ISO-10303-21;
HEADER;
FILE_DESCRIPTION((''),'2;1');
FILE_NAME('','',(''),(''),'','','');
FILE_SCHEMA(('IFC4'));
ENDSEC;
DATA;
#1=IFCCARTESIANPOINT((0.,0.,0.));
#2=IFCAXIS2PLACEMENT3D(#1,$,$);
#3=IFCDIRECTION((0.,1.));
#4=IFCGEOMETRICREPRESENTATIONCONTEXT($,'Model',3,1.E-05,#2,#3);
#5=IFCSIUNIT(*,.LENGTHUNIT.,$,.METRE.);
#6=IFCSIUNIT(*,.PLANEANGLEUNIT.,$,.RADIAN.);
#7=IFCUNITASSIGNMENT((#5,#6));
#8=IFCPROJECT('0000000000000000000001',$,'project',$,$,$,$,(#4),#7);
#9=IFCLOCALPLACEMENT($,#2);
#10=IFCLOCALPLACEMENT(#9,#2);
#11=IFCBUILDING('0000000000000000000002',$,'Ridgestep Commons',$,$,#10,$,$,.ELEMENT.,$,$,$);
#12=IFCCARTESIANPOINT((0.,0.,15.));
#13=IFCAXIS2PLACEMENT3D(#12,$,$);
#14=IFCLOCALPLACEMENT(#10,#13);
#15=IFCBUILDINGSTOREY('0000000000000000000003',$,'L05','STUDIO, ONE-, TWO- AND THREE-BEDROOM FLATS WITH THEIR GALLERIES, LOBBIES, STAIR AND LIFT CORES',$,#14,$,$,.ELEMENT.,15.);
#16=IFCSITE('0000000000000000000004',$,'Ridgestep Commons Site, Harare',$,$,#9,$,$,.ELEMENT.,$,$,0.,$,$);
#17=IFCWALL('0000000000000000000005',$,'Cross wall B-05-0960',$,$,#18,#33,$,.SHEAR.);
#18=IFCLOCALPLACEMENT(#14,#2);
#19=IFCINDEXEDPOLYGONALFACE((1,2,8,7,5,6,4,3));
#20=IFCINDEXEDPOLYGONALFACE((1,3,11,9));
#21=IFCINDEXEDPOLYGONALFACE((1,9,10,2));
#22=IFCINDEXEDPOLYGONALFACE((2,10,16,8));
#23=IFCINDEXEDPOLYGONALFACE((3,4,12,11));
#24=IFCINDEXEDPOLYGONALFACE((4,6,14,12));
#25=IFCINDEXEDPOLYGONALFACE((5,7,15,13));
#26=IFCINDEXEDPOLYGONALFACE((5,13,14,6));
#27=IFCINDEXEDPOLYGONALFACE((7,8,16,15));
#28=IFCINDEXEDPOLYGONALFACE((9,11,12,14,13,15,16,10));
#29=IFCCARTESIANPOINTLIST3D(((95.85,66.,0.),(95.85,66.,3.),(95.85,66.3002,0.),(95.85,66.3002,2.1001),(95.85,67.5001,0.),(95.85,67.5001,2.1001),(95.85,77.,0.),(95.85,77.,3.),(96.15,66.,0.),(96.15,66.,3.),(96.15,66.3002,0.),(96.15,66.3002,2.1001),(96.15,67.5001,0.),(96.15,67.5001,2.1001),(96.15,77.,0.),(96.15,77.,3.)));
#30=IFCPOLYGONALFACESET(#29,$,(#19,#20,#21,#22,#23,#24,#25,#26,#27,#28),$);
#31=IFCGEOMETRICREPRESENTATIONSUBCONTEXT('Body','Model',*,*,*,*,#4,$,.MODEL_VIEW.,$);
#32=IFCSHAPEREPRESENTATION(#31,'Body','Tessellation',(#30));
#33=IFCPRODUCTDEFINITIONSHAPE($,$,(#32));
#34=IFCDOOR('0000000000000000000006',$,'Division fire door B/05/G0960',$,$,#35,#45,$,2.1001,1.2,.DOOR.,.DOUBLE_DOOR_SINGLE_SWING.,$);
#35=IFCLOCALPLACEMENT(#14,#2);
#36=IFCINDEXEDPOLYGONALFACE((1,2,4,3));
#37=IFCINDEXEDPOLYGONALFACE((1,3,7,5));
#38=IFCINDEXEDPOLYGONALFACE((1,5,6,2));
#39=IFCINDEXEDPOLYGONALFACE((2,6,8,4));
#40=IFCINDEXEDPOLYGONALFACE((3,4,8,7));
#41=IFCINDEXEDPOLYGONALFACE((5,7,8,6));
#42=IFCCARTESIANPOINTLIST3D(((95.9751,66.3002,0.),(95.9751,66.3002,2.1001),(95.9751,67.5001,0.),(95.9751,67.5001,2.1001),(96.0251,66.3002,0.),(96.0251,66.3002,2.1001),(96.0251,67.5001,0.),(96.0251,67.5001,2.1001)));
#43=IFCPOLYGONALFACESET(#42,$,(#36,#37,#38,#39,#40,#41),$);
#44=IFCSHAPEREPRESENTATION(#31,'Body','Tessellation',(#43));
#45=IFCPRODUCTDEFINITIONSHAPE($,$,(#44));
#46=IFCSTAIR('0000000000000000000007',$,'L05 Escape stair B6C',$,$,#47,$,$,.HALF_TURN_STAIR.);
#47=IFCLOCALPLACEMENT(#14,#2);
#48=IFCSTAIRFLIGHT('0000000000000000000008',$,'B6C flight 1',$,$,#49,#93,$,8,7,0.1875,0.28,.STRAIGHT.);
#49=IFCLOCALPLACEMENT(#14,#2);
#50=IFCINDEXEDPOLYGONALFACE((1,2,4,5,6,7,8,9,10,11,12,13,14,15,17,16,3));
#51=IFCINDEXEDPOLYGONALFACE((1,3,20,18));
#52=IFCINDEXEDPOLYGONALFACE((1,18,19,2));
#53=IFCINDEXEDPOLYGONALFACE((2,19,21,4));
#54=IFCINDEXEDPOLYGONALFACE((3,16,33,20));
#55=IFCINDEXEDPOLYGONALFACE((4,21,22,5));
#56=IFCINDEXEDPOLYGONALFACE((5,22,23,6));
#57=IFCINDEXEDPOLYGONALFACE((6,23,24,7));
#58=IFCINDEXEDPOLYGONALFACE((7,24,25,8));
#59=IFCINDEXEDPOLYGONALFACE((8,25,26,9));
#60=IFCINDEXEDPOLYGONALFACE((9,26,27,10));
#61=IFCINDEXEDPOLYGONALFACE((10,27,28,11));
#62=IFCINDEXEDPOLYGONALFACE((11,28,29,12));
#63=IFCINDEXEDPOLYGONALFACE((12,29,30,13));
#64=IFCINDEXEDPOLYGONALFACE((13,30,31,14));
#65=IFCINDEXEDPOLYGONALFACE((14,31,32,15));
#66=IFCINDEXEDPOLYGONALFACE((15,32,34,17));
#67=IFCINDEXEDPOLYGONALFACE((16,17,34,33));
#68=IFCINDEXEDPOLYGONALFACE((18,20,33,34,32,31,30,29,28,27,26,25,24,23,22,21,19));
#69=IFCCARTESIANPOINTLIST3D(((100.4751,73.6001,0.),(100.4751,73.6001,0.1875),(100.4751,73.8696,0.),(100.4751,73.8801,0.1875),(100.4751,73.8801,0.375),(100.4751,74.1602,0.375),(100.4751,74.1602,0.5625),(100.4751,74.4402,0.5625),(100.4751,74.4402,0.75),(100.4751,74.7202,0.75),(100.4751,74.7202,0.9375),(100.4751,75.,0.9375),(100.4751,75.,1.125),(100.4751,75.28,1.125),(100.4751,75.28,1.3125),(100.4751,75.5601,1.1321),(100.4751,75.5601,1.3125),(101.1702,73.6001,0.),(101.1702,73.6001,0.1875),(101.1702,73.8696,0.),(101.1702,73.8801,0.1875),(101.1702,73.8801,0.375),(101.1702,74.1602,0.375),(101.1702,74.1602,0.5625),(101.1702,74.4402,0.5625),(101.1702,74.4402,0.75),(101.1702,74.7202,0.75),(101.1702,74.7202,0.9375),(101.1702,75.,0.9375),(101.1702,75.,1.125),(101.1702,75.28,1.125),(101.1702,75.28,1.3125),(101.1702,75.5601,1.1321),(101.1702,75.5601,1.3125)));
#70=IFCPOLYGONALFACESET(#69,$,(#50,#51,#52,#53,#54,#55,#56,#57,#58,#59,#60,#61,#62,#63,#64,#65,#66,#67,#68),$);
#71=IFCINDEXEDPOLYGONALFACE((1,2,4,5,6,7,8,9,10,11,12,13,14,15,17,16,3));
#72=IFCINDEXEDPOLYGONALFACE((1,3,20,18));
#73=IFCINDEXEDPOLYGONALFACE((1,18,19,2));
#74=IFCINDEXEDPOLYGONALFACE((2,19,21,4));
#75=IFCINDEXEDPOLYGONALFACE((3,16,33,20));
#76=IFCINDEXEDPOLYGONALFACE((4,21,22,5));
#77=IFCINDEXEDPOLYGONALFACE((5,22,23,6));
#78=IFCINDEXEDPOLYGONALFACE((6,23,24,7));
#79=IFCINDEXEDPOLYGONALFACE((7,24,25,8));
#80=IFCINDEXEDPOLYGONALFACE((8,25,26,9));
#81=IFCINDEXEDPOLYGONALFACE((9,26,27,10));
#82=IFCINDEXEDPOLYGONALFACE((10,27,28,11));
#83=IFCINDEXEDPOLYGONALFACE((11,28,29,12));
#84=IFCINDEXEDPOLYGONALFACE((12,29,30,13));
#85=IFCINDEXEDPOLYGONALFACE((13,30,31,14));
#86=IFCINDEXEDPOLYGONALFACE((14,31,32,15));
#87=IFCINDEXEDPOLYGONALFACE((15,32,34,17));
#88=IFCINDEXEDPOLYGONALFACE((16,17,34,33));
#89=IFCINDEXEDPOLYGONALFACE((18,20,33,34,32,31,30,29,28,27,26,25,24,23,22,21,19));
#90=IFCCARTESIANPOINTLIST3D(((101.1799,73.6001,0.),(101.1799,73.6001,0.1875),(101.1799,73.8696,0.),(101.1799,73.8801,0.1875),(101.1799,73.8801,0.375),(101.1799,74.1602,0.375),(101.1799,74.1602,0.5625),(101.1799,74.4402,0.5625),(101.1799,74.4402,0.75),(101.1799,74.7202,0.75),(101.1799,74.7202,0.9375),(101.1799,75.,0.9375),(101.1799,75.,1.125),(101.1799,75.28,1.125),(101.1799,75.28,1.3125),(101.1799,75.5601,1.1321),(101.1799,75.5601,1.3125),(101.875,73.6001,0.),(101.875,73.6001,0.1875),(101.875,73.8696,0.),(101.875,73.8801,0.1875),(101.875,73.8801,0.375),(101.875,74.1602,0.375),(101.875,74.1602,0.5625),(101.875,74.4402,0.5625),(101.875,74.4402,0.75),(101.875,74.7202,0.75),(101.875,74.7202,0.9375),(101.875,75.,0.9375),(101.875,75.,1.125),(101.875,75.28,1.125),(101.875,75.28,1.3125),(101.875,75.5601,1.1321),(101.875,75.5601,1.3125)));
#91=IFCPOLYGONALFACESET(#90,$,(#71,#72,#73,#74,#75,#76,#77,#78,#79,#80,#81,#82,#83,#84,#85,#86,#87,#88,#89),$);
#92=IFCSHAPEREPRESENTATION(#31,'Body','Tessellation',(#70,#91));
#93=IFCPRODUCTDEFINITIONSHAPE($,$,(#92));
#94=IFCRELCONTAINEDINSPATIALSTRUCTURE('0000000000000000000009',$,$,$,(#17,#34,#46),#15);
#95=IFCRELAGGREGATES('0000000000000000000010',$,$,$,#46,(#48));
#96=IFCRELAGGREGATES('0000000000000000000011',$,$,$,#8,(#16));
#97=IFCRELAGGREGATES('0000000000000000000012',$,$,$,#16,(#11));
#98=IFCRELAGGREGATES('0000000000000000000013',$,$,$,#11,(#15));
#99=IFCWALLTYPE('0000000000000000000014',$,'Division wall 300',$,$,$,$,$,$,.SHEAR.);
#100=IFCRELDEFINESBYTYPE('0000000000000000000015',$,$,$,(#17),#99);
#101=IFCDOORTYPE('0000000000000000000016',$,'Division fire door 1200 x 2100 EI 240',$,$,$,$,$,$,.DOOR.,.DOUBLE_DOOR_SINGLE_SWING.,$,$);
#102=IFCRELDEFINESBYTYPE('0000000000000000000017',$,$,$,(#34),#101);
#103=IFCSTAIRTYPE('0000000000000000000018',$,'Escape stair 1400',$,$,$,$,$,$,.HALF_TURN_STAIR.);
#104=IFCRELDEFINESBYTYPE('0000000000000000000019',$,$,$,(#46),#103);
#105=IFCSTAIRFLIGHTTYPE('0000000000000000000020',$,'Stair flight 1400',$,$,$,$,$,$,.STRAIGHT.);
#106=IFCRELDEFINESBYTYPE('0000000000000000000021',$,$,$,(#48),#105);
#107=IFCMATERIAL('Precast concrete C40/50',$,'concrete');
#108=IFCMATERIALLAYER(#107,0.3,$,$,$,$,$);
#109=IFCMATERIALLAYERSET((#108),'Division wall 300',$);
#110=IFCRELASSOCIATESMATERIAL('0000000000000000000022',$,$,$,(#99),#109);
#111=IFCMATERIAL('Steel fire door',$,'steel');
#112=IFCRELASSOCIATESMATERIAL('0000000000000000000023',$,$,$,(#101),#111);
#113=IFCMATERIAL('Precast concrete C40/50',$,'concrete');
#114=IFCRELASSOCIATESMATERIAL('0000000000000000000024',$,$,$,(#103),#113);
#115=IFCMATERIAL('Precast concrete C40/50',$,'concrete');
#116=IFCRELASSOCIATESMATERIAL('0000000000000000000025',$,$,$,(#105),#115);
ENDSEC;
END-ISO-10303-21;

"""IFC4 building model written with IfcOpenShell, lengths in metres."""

from ifc_helpers import new_model, si_unit, direction, frame, frame_2d, origin, place, context, subcontext, project, spatial, polyline, rectangle, outline, extrude, material, layer, layer_set, type_object, element, fill, aggregate, save


model = new_model("IFC4")

# Units and contexts
model_context = context("Model", 3, precision=1e-05, world=origin(), true_north=direction((0.0, 1.0)))
body_context = subcontext(model_context, "Body", "Model", "MODEL_VIEW")
ifc_project = project(units=[si_unit("LENGTHUNIT", "METRE"), si_unit("PLANEANGLEUNIT", "RADIAN")], contexts=[model_context])

# Site, building, storey
site_placement = place(None, origin())
site = spatial("IfcSite", under=ifc_project, at=site_placement, Name="Ridgestep Commons Site, Harare", CompositionType="ELEMENT", RefElevation=0.0)
building_placement = place(site_placement, origin())
building = spatial("IfcBuilding", under=site, at=building_placement, Name="Ridgestep Commons", CompositionType="ELEMENT")
storey_placement = place(building_placement, frame((0.0, 0.0, 15.0)))
storey = spatial("IfcBuildingStorey", under=building, at=storey_placement, Name="L05", Description="STUDIO, ONE-, TWO- AND THREE-BEDROOM FLATS WITH THEIR GALLERIES, LOBBIES, STAIR AND LIFT CORES", CompositionType="ELEMENT", Elevation=15.0)

# Wall, opening, door
ifc_material_1 = material(Name="Precast concrete C40/50", Category="concrete")
ifc_layer_1 = layer(ifc_material_1, 0.3)
ifc_layer_set_1 = layer_set([ifc_layer_1], Name="Division wall 300")
wall_type_1 = type_object("IfcWallType", Name="Division wall 300", PredefinedType="SHEAR", material=ifc_layer_set_1)
wall_1_placement = place(storey_placement, frame((96.0, 66.0, 0.0), z_axis=(0.0, 0.0, 1.0), x_axis=(0.0, 1.0, 0.0)))
wall_1 = element("IfcWall", 1, at=wall_1_placement, inside=storey, type_object=wall_type_1, Name="Cross wall B-05-0960", PredefinedType="SHEAR", context=body_context, shape_type="SweptSolid", body=[
    extrude(rectangle(XDim=11.0, YDim=0.3, at=frame_2d((5.5, 0.0))), origin(), (0.0, 0.0, 1.0), 3.0),
])
opening_1_placement = place(wall_1_placement, frame((0.3, 0.0, 0.0)))
opening_1 = element("IfcOpeningElement", 2, at=opening_1_placement, cuts=wall_1, PredefinedType="OPENING", context=body_context, shape_type="SweptSolid", body=[
    extrude(rectangle(XDim=1.2, YDim=2.1001, at=frame_2d((0.6001, 1.05))), frame((0.0, 0.1599, 0.0), z_axis=(0.0, -1.0, 0.0), x_axis=(1.0, 0.0, 0.0)), (0.0, 0.0, 1.0), 0.3201),
])
ifc_material_2 = material(Name="Steel fire door", Category="steel")
door_type_1 = type_object("IfcDoorType", Name="Division fire door 1200 x 2100 EI 240", OperationType="DOUBLE_DOOR_SINGLE_SWING", PredefinedType="DOOR", material=ifc_material_2)
door_1_placement = place(opening_1_placement, origin())
door_1 = element("IfcDoor", 3, at=door_1_placement, inside=storey, type_object=door_type_1, Name="Division fire door B/05/G0960", OperationType="DOUBLE_DOOR_SINGLE_SWING", OverallHeight=2.1001, OverallWidth=1.2, PredefinedType="DOOR", context=body_context, shape_type="SweptSolid", body=[
    extrude(rectangle(XDim=1.2, YDim=2.1001, at=frame_2d((0.6001, 1.05))), frame((0.0, 0.0249, 0.0), z_axis=(0.0, -1.0, 0.0), x_axis=(1.0, 0.0, 0.0)), (0.0, 0.0, 1.0), 0.05),
])
fill(opening_1, door_1)

# Stair, stair flight
ifc_material_3 = material(Name="Precast concrete C40/50", Category="concrete")
stair_type = type_object("IfcStairType", Name="Escape stair 1400", PredefinedType="HALF_TURN_STAIR", material=ifc_material_3)
stair_placement = place(storey_placement, origin())
stair = element("IfcStair", 4, at=stair_placement, inside=storey, type_object=stair_type, Name="L05 Escape stair B6C", PredefinedType="HALF_TURN_STAIR")
ifc_material_4 = material(Name="Precast concrete C40/50", Category="concrete")
stair_flight_type = type_object("IfcStairFlightType", Name="Stair flight 1400", PredefinedType="STRAIGHT", material=ifc_material_4)
stair_flight_placement = place(storey_placement, frame((101.175, 73.6001, 0.0), z_axis=(0.0, 0.0, 1.0), x_axis=(0.0, 1.0, 0.0)))
stair_flight = element("IfcStairFlight", 5, at=stair_flight_placement, type_object=stair_flight_type, Name="B6C flight 1", NumberOfRisers=8, NumberOfTreads=7, PredefinedType="STRAIGHT", RiserHeight=0.1875, TreadLength=0.28, context=body_context, shape_type="SweptSolid", body=[
    extrude(outline(polyline([(0.0, 0.0), (0.0, 0.1875), (0.28, 0.1875), (0.28, 0.375), (0.5601, 0.375), (0.5601, 0.5625), (0.8401, 0.5625), (0.8401, 0.75), (1.1201, 0.75), (1.1201, 0.9375), (1.3999, 0.9375), (1.3999, 1.125), (1.6799, 1.125), (1.6799, 1.3125), (1.96, 1.3125), (1.96, 1.5), (1.96, 1.1321), (0.2695, 0.0), (0.0, 0.0)])), frame((0.0, 0.7, 0.0), z_axis=(0.0, -1.0, 0.0), x_axis=(1.0, 0.0, 0.0)), (0.0, 0.0, 1.0), 0.6951),
    extrude(outline(polyline([(0.0, 0.0), (0.0, 0.1875), (0.28, 0.1875), (0.28, 0.375), (0.5601, 0.375), (0.5601, 0.5625), (0.8401, 0.5625), (0.8401, 0.75), (1.1201, 0.75), (1.1201, 0.9375), (1.3999, 0.9375), (1.3999, 1.125), (1.6799, 1.125), (1.6799, 1.3125), (1.96, 1.3125), (1.96, 1.5), (1.96, 1.1321), (0.2695, 0.0), (0.0, 0.0)])), frame((0.0, -0.0049, 0.0), z_axis=(0.0, -1.0, 0.0), x_axis=(1.0, 0.0, 0.0)), (0.0, 0.0, 1.0), 0.6951),
])
aggregate(stair, [stair_flight])

save(model, "model.ifc")
